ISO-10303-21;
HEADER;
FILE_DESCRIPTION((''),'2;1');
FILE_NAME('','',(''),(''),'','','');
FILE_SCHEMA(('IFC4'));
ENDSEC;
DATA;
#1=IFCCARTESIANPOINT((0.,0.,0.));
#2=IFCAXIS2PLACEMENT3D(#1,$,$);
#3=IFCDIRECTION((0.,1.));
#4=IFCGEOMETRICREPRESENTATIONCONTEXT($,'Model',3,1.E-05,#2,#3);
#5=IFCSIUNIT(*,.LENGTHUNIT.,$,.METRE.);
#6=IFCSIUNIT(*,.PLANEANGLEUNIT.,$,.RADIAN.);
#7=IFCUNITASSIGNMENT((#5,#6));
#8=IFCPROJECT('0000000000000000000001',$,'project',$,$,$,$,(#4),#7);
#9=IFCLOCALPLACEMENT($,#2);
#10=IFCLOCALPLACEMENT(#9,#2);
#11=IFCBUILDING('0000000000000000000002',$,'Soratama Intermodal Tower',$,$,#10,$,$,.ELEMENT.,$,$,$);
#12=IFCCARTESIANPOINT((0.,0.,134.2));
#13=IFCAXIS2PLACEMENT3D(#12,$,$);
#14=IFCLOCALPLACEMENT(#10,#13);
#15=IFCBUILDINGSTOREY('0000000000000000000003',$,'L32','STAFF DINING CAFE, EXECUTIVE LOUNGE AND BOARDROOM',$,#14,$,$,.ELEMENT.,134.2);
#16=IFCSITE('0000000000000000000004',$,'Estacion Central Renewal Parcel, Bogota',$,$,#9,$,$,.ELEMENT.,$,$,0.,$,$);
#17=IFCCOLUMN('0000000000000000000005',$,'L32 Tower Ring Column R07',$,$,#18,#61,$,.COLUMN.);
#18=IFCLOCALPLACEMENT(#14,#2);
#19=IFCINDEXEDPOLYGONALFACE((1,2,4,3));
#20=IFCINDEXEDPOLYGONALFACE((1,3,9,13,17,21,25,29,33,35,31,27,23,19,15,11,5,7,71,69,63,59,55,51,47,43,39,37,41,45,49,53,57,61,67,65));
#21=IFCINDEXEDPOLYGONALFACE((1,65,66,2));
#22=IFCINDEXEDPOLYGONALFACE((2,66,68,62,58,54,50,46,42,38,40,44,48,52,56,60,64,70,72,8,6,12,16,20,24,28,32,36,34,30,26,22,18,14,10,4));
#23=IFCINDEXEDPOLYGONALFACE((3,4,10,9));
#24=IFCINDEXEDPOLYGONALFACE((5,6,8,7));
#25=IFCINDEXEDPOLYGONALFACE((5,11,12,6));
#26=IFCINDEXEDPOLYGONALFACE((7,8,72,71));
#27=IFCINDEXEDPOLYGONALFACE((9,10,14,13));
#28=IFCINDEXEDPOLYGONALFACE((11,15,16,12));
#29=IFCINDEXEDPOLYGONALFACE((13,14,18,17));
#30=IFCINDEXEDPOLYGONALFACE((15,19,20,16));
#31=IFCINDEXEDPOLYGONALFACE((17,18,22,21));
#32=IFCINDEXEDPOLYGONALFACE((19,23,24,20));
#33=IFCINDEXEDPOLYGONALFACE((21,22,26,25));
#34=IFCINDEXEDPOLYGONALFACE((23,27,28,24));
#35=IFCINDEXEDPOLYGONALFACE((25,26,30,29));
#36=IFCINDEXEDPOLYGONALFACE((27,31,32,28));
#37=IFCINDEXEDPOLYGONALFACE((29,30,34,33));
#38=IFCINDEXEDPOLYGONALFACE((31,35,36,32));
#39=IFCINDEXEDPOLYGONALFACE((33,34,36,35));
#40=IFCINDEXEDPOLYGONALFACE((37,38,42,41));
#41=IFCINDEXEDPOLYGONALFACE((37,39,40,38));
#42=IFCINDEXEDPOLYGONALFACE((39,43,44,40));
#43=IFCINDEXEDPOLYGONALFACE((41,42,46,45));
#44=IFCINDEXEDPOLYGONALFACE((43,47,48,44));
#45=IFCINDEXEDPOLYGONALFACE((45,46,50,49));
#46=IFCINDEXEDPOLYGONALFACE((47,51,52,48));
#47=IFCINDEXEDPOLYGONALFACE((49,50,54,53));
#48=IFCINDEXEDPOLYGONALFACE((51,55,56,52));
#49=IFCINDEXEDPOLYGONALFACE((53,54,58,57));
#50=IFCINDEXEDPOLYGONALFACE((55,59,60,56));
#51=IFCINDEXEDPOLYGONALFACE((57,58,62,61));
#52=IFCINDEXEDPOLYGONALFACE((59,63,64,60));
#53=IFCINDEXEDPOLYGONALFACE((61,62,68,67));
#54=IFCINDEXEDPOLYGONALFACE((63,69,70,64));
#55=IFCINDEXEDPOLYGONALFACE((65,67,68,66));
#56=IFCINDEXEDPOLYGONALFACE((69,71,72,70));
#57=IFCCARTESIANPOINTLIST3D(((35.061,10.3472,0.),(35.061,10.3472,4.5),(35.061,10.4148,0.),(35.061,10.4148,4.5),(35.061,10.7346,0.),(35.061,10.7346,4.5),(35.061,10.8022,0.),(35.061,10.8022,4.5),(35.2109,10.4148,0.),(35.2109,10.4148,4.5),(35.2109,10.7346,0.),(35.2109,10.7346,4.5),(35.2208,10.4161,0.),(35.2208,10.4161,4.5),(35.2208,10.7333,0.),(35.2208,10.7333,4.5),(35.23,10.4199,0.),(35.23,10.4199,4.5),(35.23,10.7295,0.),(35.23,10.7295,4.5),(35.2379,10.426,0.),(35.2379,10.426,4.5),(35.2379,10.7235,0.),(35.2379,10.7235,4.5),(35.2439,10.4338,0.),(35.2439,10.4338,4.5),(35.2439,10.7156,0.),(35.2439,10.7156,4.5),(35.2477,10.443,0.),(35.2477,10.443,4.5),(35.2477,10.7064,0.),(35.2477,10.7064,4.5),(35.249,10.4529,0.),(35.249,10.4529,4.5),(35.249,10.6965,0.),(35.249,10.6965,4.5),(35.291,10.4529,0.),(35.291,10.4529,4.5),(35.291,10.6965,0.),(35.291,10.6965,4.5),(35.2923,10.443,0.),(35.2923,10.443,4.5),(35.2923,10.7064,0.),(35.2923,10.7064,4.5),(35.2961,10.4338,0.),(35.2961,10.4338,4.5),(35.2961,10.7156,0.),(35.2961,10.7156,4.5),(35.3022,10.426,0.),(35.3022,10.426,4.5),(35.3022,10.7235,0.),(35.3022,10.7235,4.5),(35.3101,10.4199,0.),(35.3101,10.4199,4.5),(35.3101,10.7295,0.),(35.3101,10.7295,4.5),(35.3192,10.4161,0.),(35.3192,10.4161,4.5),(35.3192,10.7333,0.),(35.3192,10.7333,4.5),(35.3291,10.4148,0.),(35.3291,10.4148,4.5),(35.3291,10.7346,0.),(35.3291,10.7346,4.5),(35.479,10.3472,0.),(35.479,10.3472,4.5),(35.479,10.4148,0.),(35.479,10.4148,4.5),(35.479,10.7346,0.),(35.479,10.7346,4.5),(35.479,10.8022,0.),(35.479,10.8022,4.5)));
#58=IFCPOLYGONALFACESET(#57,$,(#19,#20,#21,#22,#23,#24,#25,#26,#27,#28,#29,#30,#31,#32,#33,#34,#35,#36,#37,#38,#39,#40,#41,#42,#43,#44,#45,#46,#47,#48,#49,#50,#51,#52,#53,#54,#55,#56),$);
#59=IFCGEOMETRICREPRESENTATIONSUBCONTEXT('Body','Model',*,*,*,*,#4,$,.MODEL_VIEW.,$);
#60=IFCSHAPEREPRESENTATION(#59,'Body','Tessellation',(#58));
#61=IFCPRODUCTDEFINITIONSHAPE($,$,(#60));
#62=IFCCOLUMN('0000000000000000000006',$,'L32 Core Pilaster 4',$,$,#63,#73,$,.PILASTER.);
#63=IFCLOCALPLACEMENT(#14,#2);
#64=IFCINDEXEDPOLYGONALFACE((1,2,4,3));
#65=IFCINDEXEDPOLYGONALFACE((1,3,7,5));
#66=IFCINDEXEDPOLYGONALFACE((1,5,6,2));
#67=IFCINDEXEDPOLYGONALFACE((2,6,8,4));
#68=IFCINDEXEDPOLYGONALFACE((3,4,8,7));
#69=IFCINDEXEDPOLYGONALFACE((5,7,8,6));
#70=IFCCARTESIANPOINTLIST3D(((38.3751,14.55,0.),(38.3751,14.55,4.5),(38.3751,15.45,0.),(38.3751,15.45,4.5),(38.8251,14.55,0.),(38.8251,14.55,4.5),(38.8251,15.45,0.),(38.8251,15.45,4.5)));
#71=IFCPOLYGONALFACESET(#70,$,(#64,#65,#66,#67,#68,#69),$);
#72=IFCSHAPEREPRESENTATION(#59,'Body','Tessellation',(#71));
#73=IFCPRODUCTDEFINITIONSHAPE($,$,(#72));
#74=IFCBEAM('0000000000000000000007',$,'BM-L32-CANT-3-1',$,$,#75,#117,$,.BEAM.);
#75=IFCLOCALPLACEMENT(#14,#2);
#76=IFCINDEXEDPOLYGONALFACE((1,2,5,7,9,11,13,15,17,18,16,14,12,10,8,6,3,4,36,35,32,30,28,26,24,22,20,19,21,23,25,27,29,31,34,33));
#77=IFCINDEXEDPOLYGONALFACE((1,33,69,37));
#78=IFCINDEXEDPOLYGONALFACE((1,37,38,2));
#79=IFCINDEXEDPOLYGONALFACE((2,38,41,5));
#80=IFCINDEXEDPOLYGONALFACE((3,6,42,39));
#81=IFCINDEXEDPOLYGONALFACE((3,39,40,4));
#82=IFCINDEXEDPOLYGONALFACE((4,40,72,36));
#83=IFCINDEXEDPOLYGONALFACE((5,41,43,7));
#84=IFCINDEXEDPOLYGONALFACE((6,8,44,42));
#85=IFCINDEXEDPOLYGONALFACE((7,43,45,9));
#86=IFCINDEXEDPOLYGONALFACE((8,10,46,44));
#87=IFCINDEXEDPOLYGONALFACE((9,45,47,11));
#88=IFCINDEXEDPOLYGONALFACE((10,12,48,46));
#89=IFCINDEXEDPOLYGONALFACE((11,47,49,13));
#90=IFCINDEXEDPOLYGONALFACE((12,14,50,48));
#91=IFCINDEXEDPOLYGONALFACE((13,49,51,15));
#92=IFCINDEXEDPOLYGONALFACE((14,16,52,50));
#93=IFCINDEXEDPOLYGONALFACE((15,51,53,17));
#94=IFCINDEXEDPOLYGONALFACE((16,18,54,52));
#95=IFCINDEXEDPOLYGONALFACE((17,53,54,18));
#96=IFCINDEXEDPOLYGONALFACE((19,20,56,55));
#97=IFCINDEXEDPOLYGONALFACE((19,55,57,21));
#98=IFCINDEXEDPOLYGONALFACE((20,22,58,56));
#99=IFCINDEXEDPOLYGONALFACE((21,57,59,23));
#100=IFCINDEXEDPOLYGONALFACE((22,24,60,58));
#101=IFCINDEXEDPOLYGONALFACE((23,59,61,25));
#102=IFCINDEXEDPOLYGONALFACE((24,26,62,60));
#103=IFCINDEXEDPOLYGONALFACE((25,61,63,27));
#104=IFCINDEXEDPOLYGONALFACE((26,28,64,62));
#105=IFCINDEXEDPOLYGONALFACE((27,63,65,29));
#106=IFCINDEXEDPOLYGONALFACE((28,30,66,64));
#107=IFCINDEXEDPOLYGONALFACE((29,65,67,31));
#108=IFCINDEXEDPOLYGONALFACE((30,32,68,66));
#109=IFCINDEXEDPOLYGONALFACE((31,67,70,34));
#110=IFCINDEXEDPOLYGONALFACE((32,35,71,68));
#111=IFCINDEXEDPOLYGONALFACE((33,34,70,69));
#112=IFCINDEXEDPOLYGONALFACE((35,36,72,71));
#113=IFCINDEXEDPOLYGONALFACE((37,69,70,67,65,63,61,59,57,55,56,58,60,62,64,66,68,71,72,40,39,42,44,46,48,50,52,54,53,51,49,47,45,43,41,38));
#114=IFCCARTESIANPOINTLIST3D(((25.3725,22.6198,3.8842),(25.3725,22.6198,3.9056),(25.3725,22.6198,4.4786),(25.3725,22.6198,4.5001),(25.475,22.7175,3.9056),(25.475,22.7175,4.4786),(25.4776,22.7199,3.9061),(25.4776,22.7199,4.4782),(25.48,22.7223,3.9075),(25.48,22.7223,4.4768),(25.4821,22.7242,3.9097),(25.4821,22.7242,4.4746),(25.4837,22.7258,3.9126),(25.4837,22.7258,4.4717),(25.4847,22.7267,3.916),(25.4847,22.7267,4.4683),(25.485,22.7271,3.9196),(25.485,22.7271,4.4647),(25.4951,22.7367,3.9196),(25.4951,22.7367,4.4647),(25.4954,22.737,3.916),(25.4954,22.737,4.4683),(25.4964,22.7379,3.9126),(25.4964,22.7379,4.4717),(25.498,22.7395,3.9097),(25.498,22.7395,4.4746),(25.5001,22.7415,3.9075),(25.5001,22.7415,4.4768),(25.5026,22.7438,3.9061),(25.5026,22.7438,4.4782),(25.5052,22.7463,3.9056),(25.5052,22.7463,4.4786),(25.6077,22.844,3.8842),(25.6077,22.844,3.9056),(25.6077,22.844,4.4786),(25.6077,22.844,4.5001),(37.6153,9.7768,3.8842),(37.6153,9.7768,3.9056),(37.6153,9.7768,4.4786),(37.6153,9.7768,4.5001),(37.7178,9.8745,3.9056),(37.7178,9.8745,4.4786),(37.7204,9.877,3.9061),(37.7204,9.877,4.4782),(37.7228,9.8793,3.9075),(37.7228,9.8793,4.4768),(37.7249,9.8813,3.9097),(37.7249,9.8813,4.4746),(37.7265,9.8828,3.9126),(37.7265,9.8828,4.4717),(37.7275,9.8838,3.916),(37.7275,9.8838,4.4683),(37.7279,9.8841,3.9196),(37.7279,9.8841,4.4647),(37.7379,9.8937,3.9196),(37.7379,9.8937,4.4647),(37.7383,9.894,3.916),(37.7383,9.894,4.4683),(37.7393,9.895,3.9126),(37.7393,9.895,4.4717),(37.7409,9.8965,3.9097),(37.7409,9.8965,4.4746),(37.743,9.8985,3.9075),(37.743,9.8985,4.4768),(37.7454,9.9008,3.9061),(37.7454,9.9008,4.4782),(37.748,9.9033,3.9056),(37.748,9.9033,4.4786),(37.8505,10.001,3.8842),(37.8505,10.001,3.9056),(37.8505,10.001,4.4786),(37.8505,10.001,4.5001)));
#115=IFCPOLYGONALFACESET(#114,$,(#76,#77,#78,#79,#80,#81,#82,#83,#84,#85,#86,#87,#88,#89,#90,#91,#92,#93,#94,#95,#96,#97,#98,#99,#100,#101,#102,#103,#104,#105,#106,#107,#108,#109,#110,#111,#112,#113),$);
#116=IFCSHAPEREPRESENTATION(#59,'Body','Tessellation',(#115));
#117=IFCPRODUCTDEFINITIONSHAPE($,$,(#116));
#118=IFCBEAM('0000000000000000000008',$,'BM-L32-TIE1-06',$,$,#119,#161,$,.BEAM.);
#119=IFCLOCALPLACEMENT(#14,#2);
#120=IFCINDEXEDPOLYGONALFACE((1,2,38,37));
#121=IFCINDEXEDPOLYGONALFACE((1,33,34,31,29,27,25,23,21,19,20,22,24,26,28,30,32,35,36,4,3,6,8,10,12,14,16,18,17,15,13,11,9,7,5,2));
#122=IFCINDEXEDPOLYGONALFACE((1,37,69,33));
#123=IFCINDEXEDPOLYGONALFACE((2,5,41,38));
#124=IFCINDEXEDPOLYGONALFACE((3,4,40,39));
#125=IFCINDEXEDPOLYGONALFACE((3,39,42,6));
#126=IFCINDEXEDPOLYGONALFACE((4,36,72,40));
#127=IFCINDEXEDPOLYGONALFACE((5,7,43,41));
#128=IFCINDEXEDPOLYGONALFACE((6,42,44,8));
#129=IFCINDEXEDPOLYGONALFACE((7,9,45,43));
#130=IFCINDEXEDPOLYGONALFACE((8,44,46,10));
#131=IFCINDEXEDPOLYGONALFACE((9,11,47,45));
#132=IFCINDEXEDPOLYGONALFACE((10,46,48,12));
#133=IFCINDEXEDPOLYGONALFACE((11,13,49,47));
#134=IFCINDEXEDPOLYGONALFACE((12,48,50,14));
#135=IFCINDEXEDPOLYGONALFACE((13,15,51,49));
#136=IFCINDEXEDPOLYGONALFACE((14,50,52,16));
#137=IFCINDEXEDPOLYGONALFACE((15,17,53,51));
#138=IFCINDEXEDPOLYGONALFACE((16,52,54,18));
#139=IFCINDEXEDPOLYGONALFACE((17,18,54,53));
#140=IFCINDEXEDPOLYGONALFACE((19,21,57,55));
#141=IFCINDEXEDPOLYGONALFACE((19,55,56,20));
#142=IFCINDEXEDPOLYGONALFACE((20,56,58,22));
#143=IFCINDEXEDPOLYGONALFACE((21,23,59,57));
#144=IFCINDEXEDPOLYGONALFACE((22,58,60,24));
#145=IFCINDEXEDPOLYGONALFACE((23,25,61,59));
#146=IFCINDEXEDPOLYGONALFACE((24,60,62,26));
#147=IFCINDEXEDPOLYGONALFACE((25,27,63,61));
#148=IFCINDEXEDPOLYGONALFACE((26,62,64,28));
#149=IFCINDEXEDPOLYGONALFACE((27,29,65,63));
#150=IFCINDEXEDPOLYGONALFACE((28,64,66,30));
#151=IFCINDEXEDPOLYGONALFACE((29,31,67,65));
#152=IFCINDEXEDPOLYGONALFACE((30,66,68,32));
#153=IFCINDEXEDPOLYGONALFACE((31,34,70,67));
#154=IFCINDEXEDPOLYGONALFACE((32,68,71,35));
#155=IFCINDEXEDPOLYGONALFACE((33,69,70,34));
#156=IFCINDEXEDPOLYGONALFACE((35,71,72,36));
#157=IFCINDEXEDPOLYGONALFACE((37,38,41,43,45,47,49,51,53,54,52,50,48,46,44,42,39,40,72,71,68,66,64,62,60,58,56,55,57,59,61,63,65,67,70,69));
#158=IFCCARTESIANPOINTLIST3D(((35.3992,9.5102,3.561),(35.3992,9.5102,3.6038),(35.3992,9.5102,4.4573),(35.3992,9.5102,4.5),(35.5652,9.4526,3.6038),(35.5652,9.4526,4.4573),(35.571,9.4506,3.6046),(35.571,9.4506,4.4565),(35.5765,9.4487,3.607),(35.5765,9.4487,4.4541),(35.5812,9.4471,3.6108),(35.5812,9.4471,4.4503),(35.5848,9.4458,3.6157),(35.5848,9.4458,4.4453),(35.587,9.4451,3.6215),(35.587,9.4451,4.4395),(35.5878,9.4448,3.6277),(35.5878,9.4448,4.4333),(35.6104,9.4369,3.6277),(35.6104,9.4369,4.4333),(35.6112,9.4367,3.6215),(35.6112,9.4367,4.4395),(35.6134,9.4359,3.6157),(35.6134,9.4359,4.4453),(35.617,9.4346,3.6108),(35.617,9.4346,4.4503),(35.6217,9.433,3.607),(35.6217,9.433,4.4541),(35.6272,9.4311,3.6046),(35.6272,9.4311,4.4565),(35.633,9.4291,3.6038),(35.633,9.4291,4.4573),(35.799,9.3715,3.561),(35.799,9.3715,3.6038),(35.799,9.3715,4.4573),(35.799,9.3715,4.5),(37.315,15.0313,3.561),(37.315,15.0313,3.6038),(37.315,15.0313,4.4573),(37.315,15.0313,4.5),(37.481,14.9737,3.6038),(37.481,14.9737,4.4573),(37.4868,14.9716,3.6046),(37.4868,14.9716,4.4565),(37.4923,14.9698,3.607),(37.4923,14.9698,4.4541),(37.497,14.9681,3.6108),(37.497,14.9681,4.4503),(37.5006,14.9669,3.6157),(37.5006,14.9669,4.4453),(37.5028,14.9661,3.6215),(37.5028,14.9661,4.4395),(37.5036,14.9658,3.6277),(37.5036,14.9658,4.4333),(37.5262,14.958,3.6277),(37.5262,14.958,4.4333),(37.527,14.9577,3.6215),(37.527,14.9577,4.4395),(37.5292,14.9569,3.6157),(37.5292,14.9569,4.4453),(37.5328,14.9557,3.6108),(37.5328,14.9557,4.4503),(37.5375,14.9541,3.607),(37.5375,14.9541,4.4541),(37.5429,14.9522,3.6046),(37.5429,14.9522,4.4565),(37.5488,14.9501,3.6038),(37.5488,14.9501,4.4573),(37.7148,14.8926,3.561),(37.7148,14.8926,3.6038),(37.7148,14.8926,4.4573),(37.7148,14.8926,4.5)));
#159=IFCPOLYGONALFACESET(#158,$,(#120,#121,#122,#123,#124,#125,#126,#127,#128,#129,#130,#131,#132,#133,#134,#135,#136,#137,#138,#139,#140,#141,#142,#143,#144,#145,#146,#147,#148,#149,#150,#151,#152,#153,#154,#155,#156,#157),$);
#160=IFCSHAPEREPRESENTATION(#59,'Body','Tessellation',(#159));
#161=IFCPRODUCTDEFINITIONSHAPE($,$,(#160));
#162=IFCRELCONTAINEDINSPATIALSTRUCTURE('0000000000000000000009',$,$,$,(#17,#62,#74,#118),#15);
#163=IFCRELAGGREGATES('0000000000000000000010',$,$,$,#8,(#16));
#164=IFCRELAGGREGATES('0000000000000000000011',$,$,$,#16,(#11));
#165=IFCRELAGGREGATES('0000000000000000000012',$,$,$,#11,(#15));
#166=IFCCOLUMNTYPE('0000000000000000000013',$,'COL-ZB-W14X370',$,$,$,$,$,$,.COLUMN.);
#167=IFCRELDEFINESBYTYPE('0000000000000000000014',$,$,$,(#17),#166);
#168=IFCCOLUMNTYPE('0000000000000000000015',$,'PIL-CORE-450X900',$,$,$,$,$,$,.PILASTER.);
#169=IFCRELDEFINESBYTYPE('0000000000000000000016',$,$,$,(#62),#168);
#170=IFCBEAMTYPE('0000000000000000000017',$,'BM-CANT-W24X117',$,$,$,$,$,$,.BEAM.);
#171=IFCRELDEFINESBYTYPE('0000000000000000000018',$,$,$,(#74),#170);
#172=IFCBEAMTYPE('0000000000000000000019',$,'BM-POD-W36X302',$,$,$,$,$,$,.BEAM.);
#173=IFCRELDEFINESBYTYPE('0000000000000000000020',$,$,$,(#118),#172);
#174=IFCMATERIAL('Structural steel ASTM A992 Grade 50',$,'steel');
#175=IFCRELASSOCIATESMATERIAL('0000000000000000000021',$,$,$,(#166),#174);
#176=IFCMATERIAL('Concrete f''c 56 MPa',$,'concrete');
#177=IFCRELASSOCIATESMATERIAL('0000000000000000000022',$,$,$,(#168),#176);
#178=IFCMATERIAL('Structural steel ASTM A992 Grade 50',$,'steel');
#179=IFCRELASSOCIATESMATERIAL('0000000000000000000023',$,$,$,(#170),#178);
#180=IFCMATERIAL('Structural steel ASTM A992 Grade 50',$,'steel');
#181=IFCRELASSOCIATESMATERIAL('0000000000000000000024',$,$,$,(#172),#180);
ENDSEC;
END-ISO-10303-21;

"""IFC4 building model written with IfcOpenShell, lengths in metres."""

from ifc_helpers import new_model, si_unit, direction, frame, origin, origin_2d, place, context, subcontext, project, spatial, rectangle, i_section, extrude, material, material_profile, profile_set, type_object, element, save


model = new_model("IFC4")

# Units and contexts
model_context = context("Model", 3, precision=1e-05, world=origin(), true_north=direction((0.0, 1.0)))
body_context = subcontext(model_context, "Body", "Model", "MODEL_VIEW")
ifc_project = project(units=[si_unit("LENGTHUNIT", "METRE"), si_unit("PLANEANGLEUNIT", "RADIAN")], contexts=[model_context])

# Site, building, storey
site_placement = place(None, origin())
site = spatial("IfcSite", under=ifc_project, at=site_placement, Name="Estacion Central Renewal Parcel, Bogota", CompositionType="ELEMENT", RefElevation=0.0)
building_placement = place(site_placement, origin())
building = spatial("IfcBuilding", under=site, at=building_placement, Name="Soratama Intermodal Tower", CompositionType="ELEMENT")
storey_placement = place(building_placement, frame((0.0, 0.0, 134.2)))
storey = spatial("IfcBuildingStorey", under=building, at=storey_placement, Name="L32", Description="STAFF DINING CAFE, EXECUTIVE LOUNGE AND BOARDROOM", CompositionType="ELEMENT", Elevation=134.2)

# Columns
ifc_material_1 = material(Name="Structural steel ASTM A992 Grade 50", Category="steel")
ifc_material_profile_1 = material_profile(ifc_material_1, i_section(OverallWidth=0.418, OverallDepth=0.4551, WebThickness=0.042, FlangeThickness=0.0676, FilletRadius=0.0381, at=origin_2d()), Name="W14X370")
ifc_profile_set_1 = profile_set([ifc_material_profile_1], Name="Structural steel ASTM A992 Grade 50")
column_type_1 = type_object("IfcColumnType", Name="COL-ZB-W14X370", PredefinedType="COLUMN", material=ifc_profile_set_1)
column_1_placement = place(storey_placement, frame((35.27, 10.5747, 0.0), z_axis=(0.0, 0.0, 1.0), x_axis=(1.0, 0.0, 0.0)))
element("IfcColumn", 1, at=column_1_placement, inside=storey, type_object=column_type_1, Name="L32 Tower Ring Column R07", PredefinedType="COLUMN", context=body_context, shape_type="SweptSolid", body=[
    extrude(i_section(OverallWidth=0.418, OverallDepth=0.4551, WebThickness=0.042, FlangeThickness=0.0676, FilletRadius=0.0381, at=origin_2d()), origin(), (0.0, 0.0, 1.0), 4.5),
])
ifc_material_2 = material(Name="Concrete f'c 56 MPa", Category="concrete")
ifc_material_profile_2 = material_profile(ifc_material_2, rectangle(XDim=0.45, YDim=0.8999, at=origin_2d()), Name="RC450X900")
ifc_profile_set_2 = profile_set([ifc_material_profile_2], Name="Concrete f'c 56 MPa")
column_type_2 = type_object("IfcColumnType", Name="PIL-CORE-450X900", PredefinedType="PILASTER", material=ifc_profile_set_2)
column_2_placement = place(storey_placement, frame((38.6001, 15.0, 0.0), z_axis=(0.0, 0.0, 1.0), x_axis=(1.0, 0.0, 0.0)))
element("IfcColumn", 2, at=column_2_placement, inside=storey, type_object=column_type_2, Name="L32 Core Pilaster 4", PredefinedType="PILASTER", context=body_context, shape_type="SweptSolid", body=[
    extrude(rectangle(XDim=0.45, YDim=0.8999, at=origin_2d()), origin(), (0.0, 0.0, 1.0), 4.5),
])

# Beams
ifc_material_3 = material(Name="Structural steel ASTM A992 Grade 50", Category="steel")
ifc_material_profile_3 = material_profile(ifc_material_3, i_section(OverallWidth=0.325, OverallDepth=0.616, WebThickness=0.0139, FlangeThickness=0.0215, FilletRadius=0.0139, at=origin_2d()), Name="W24X117")
ifc_profile_set_3 = profile_set([ifc_material_profile_3], Name="Structural steel ASTM A992 Grade 50")
beam_type_1 = type_object("IfcBeamType", Name="BM-CANT-W24X117", PredefinedType="BEAM", material=ifc_profile_set_3)
beam_1_placement = place(storey_placement, frame((37.7329, 9.8889, 4.1921), z_axis=(-0.689994, 0.723815, 0.0), x_axis=(-0.723815, -0.689994, 0.0)))
element("IfcBeam", 3, at=beam_1_placement, inside=storey, type_object=beam_type_1, Name="BM-L32-CANT-3-1", PredefinedType="BEAM", context=body_context, shape_type="SweptSolid", body=[
    extrude(i_section(OverallWidth=0.325, OverallDepth=0.616, WebThickness=0.0139, FlangeThickness=0.0215, FilletRadius=0.0139, at=origin_2d()), origin(), (0.0, 0.0, 1.0), 17.7434),
])
ifc_material_4 = material(Name="Structural steel ASTM A992 Grade 50", Category="steel")
ifc_material_profile_4 = material_profile(ifc_material_4, i_section(OverallWidth=0.4231, OverallDepth=0.939, WebThickness=0.0239, FlangeThickness=0.0427, FilletRadius=0.0239, at=origin_2d()), Name="W36X302")
ifc_profile_set_4 = profile_set([ifc_material_profile_4], Name="Structural steel ASTM A992 Grade 50")
beam_type_2 = type_object("IfcBeamType", Name="BM-POD-W36X302", PredefinedType="BEAM", material=ifc_profile_set_4)
beam_2_placement = place(storey_placement, frame((37.5149, 14.9619, 4.0305), z_axis=(-0.327822, -0.944739, 0.0), x_axis=(0.944739, -0.327822, 0.0)))
element("IfcBeam", 4, at=beam_2_placement, inside=storey, type_object=beam_type_2, Name="BM-L32-TIE1-06", PredefinedType="BEAM", context=body_context, shape_type="SweptSolid", body=[
    extrude(i_section(OverallWidth=0.4231, OverallDepth=0.939, WebThickness=0.0239, FlangeThickness=0.0427, FilletRadius=0.0239, at=origin_2d()), origin(), (0.0, 0.0, 1.0), 5.844),
])

save(model, "model.ifc")
